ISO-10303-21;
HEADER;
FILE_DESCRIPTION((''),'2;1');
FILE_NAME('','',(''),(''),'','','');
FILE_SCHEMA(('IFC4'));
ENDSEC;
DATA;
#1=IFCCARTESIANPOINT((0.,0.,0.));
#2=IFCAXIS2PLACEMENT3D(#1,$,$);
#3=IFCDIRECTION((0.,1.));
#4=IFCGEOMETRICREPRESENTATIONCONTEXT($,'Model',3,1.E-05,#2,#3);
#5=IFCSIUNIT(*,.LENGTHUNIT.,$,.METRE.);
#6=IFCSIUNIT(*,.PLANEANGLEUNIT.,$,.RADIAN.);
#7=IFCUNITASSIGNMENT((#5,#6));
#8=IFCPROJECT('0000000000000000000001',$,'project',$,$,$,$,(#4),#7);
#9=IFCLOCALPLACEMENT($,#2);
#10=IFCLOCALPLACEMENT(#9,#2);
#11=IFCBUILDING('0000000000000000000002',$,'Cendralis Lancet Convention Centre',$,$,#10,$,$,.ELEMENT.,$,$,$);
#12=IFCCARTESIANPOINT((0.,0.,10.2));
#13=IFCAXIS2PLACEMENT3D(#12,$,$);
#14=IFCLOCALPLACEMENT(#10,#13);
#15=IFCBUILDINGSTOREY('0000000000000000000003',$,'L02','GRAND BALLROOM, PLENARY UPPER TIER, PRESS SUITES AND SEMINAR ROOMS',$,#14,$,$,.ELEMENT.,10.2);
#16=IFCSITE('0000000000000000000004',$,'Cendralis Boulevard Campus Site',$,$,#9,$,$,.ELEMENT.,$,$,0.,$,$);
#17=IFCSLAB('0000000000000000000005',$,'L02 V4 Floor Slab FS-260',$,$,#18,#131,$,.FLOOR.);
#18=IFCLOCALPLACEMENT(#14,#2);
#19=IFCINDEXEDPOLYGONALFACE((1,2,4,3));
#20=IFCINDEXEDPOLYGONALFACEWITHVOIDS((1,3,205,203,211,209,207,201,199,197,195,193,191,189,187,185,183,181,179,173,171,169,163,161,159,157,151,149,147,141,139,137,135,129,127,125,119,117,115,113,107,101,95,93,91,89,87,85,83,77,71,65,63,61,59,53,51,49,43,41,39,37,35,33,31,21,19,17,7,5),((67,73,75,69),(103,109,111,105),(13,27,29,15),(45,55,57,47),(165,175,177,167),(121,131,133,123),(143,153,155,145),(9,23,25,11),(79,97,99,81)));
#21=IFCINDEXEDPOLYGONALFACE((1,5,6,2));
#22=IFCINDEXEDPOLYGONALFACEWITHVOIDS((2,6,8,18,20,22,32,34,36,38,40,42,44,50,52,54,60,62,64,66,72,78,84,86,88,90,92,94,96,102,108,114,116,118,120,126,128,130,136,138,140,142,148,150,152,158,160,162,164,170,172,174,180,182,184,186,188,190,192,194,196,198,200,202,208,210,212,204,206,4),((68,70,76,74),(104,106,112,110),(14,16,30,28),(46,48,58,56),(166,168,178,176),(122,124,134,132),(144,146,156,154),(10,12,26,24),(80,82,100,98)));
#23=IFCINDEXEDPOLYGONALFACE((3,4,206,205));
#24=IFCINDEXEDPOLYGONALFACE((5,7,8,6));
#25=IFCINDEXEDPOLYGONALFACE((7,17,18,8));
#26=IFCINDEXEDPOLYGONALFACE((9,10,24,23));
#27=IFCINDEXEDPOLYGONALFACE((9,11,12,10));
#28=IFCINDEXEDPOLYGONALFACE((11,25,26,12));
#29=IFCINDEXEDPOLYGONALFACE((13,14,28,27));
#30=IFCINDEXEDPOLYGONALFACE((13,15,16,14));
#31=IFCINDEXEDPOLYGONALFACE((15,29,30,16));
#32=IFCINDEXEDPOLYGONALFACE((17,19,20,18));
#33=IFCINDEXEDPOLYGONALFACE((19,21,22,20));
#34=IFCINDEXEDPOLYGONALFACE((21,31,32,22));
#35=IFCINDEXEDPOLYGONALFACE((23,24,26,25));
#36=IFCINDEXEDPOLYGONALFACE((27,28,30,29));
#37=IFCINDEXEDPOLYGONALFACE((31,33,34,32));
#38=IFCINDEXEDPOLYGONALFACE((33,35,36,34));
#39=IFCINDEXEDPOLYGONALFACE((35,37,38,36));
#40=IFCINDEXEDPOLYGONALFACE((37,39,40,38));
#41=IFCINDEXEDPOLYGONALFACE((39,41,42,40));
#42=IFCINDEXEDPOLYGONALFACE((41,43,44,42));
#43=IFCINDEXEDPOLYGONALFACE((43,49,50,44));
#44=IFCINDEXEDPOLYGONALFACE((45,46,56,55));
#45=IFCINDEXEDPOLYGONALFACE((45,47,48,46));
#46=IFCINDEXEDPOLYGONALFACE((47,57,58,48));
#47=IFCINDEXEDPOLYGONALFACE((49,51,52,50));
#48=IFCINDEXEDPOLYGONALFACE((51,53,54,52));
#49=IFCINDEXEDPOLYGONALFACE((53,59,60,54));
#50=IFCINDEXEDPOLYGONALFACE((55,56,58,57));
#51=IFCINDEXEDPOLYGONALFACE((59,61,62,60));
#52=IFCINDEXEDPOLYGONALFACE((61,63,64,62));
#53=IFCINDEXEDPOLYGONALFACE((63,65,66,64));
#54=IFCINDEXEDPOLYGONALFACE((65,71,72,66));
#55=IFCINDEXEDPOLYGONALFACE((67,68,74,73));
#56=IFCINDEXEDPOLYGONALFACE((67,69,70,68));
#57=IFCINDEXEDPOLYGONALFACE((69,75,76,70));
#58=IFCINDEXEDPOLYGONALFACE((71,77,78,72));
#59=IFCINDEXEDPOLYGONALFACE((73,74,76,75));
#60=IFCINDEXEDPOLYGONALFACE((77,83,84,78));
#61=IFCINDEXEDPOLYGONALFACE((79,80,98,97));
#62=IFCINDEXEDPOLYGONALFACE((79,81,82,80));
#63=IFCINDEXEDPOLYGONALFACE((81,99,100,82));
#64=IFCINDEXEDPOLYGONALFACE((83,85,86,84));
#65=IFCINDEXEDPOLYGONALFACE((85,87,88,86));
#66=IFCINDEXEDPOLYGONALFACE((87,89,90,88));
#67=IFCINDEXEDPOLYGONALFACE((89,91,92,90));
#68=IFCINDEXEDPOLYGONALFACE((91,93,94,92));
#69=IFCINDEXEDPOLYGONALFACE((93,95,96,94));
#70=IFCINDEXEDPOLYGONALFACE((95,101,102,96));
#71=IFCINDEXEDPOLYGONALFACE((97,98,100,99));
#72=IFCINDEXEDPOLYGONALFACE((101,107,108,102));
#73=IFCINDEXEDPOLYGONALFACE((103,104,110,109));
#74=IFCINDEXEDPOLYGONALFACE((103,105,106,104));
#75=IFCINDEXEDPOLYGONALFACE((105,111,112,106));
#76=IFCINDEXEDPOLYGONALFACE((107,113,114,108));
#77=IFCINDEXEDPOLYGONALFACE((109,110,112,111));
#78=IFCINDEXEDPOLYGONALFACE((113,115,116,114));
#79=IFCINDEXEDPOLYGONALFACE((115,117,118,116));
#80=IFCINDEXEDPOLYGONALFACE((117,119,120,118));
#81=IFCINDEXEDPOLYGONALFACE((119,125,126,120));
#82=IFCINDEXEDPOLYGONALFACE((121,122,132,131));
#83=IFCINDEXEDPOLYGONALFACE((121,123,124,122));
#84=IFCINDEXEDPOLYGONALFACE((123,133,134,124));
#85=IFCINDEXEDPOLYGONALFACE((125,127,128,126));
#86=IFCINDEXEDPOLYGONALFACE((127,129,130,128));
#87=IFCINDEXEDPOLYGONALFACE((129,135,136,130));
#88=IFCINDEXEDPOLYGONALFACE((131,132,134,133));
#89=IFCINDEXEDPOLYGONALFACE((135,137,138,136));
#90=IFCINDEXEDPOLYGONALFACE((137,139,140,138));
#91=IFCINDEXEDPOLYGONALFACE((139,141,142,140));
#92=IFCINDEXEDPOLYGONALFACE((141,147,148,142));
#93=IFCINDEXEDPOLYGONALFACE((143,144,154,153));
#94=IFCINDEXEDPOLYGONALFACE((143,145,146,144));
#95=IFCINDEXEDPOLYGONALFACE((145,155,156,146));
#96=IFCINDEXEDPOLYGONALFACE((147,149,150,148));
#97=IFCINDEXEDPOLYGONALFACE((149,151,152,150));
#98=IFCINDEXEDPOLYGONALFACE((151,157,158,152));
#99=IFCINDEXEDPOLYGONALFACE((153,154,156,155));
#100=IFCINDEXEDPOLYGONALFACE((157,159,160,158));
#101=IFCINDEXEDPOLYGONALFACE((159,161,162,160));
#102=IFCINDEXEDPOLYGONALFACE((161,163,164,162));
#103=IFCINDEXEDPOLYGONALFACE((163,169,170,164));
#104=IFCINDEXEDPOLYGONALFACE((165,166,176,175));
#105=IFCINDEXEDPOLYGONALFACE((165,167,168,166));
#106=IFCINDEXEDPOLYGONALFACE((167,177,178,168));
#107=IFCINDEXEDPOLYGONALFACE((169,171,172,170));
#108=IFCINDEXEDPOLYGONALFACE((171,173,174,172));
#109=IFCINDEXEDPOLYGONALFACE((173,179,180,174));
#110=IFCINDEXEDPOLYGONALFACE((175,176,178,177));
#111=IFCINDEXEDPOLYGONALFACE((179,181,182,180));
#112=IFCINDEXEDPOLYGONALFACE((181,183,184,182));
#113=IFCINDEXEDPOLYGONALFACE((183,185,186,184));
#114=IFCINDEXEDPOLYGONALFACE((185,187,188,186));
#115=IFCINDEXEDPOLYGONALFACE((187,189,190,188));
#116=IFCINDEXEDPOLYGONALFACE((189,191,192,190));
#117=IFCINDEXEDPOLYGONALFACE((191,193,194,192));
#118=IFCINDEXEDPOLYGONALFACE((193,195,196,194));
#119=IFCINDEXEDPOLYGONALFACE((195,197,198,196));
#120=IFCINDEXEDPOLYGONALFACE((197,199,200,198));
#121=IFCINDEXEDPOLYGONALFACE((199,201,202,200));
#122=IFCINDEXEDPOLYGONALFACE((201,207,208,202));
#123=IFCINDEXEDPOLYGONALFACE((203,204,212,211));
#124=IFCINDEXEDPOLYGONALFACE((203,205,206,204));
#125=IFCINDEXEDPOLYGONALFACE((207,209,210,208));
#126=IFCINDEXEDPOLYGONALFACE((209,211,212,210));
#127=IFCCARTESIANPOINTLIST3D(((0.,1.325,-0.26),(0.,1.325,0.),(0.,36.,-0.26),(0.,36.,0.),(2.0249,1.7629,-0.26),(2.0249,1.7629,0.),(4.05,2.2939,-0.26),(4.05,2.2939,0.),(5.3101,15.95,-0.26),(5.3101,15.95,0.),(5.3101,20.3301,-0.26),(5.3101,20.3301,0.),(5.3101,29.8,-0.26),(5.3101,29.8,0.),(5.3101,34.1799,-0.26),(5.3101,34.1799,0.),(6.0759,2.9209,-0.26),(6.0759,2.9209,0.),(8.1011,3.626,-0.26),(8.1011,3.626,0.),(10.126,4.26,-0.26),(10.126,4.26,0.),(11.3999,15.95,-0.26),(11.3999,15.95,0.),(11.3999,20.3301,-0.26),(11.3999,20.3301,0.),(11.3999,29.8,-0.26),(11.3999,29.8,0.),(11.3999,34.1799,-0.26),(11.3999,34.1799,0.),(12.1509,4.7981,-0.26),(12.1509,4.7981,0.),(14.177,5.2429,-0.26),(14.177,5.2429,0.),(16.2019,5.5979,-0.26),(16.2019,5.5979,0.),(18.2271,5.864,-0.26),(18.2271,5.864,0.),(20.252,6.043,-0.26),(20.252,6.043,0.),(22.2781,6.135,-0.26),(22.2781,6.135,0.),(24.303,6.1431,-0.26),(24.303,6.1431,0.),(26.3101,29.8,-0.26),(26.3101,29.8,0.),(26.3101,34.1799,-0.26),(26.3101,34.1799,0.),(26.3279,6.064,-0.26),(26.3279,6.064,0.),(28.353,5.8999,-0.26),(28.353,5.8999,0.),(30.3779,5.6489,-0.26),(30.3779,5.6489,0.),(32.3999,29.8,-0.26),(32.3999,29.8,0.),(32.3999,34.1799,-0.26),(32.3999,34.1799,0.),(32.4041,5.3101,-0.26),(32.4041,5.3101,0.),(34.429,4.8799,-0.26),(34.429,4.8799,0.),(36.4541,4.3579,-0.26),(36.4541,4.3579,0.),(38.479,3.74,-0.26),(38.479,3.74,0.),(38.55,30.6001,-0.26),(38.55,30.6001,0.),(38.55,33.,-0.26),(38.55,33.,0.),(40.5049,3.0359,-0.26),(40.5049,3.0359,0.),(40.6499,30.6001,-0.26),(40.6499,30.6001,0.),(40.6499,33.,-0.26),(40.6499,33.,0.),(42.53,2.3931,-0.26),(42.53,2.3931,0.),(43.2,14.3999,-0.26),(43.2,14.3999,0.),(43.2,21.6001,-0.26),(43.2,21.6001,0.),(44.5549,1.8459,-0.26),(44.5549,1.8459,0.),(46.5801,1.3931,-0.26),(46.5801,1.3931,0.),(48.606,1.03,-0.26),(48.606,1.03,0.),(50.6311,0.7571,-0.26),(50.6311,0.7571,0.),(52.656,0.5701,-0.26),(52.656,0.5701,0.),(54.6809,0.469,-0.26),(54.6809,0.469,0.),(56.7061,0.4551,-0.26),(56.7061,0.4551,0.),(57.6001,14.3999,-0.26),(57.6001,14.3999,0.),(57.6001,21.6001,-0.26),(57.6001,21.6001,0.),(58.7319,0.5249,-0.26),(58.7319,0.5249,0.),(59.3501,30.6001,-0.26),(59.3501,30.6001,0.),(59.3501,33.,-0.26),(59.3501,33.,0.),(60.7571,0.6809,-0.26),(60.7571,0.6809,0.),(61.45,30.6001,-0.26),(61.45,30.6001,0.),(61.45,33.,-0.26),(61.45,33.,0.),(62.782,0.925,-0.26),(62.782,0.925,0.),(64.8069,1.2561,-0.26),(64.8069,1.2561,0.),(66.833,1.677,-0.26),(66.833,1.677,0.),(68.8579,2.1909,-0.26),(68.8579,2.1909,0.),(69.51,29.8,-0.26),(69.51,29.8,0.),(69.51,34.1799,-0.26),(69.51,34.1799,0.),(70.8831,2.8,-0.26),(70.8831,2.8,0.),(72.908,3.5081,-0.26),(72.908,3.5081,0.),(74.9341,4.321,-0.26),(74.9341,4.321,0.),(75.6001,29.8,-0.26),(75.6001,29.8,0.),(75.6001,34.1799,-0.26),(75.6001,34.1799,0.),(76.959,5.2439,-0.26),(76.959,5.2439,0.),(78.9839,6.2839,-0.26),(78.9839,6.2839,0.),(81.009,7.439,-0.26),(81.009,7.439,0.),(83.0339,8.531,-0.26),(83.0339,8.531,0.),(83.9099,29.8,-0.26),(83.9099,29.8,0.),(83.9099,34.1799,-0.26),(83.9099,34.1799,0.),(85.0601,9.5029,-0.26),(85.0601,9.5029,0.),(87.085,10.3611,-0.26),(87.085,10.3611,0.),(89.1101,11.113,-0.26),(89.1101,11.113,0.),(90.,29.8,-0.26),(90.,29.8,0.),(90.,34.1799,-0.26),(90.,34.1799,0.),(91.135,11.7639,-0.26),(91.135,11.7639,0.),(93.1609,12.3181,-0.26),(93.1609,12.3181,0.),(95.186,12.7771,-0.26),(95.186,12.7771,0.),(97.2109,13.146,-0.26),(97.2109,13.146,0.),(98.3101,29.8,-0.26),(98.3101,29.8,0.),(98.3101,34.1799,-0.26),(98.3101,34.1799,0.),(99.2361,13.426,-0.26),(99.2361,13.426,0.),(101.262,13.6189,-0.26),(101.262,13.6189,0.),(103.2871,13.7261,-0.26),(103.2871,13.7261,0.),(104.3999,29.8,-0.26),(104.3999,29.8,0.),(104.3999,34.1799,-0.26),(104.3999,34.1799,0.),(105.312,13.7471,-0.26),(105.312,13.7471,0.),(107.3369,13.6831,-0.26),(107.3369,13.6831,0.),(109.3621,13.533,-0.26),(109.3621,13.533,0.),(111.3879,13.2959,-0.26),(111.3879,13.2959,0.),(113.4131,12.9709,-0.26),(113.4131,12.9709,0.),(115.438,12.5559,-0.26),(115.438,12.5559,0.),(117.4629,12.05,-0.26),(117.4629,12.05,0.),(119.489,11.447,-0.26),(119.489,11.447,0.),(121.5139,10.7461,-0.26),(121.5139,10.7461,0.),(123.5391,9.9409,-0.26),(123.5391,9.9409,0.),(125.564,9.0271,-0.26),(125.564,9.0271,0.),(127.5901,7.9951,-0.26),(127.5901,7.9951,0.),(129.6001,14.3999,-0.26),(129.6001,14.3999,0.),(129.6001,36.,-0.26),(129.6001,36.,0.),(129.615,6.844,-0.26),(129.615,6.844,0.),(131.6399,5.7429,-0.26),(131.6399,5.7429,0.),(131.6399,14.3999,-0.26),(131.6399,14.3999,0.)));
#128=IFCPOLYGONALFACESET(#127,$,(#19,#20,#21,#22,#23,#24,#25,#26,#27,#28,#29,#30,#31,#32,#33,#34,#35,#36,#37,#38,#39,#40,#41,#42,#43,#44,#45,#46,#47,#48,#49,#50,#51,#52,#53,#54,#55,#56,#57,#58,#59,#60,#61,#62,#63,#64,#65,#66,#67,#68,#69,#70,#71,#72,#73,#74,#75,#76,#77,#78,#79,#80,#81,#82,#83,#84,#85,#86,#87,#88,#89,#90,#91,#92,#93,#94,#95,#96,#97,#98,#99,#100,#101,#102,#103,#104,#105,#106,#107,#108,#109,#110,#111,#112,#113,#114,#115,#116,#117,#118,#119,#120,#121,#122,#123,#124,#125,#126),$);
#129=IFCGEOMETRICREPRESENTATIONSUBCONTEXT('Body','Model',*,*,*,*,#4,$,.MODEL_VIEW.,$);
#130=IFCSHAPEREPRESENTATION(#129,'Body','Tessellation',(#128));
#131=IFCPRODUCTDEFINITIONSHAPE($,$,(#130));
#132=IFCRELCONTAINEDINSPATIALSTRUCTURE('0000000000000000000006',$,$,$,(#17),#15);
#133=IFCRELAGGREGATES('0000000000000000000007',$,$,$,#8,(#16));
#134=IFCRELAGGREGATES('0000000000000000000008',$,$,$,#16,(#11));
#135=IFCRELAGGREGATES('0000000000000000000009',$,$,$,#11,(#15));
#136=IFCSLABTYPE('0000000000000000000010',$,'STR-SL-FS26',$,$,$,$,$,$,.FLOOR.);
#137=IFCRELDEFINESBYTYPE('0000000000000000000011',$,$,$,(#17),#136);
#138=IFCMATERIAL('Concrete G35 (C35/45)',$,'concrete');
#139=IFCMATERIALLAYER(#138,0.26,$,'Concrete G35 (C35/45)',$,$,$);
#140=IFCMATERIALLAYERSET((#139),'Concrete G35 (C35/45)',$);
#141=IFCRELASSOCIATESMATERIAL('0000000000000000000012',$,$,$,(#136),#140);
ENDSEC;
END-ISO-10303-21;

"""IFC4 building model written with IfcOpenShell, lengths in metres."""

from ifc_helpers import new_model, si_unit, direction, frame, origin, place, context, subcontext, project, spatial, polyline, outline, extrude, material, layer, layer_set, type_object, element, save


model = new_model("IFC4")

# Units and contexts
model_context = context("Model", 3, precision=1e-05, world=origin(), true_north=direction((0.0, 1.0)))
body_context = subcontext(model_context, "Body", "Model", "MODEL_VIEW")
ifc_project = project(units=[si_unit("LENGTHUNIT", "METRE"), si_unit("PLANEANGLEUNIT", "RADIAN")], contexts=[model_context])

# Site, building, storey
site_placement = place(None, origin())
site = spatial("IfcSite", under=ifc_project, at=site_placement, Name="Cendralis Boulevard Campus Site", CompositionType="ELEMENT", RefElevation=0.0)
building_placement = place(site_placement, origin())
building = spatial("IfcBuilding", under=site, at=building_placement, Name="Cendralis Lancet Convention Centre", CompositionType="ELEMENT")
storey_placement = place(building_placement, frame((0.0, 0.0, 10.2)))
storey = spatial("IfcBuildingStorey", under=building, at=storey_placement, Name="L02", Description="GRAND BALLROOM, PLENARY UPPER TIER, PRESS SUITES AND SEMINAR ROOMS", CompositionType="ELEMENT", Elevation=10.2)

# Slab
ifc_material_1 = material(Name="Concrete G35 (C35/45)", Category="concrete")
ifc_layer_1 = layer(ifc_material_1, 0.26, Name="Concrete G35 (C35/45)")
ifc_layer_set_1 = layer_set([ifc_layer_1], Name="Concrete G35 (C35/45)")
slab_type_1 = type_object("IfcSlabType", Name="STR-SL-FS26", PredefinedType="FLOOR", material=ifc_layer_set_1)
slab_1_placement = place(storey_placement, frame((0.0, 0.0, -0.26)))
element("IfcSlab", 1, at=slab_1_placement, inside=storey, type_object=slab_type_1, Name="L02 V4 Floor Slab FS-260", PredefinedType="FLOOR", context=body_context, shape_type="SweptSolid", body=[
    extrude(outline(polyline([(0.0, 1.325), (2.0249, 1.7629), (4.05, 2.2939), (6.0759, 2.9209), (8.1011, 3.626), (10.126, 4.26), (12.1509, 4.7981), (14.177, 5.2429), (16.2019, 5.5979), (18.2271, 5.864), (20.252, 6.043), (22.2781, 6.135), (24.303, 6.1431), (26.3279, 6.064), (28.353, 5.8999), (30.3779, 5.6489), (32.4041, 5.3101), (34.429, 4.8799), (36.4541, 4.3579), (38.479, 3.74), (40.5049, 3.0359), (42.53, 2.3931), (44.5549, 1.8459), (46.5801, 1.3931), (48.606, 1.03), (50.6311, 0.7571), (52.656, 0.5701), (54.6809, 0.469), (56.7061, 0.4551), (58.7319, 0.5249), (60.7571, 0.6809), (62.782, 0.925), (64.8069, 1.2561), (66.833, 1.677), (68.8579, 2.1909), (70.8831, 2.8), (72.908, 3.5081), (74.9341, 4.321), (76.959, 5.2439), (78.9839, 6.2839), (81.009, 7.439), (83.0339, 8.531), (85.0601, 9.5029), (87.085, 10.3611), (89.1101, 11.113), (91.135, 11.7639), (93.1609, 12.3181), (95.186, 12.7771), (97.2109, 13.146), (99.2361, 13.426), (101.262, 13.6189), (103.2871, 13.7261), (105.312, 13.7471), (107.3369, 13.6831), (109.3621, 13.533), (111.3879, 13.2959), (113.4131, 12.9709), (115.438, 12.5559), (117.4629, 12.05), (119.489, 11.447), (121.5139, 10.7461), (123.5391, 9.9409), (125.564, 9.0271), (127.5901, 7.9951), (129.615, 6.844), (131.6399, 5.7429), (131.6399, 14.3999), (129.6001, 14.3999), (129.6001, 36.0), (0.0, 36.0), (0.0, 1.325)]), holes=[polyline([(43.2, 14.3999), (57.6001, 14.3999), (57.6001, 21.6001), (43.2, 21.6001), (43.2, 14.3999)]), polyline([(26.3101, 29.8), (32.3999, 29.8), (32.3999, 34.1799), (26.3101, 34.1799), (26.3101, 29.8)]), polyline([(69.51, 29.8), (75.6001, 29.8), (75.6001, 34.1799), (69.51, 34.1799), (69.51, 29.8)]), polyline([(5.3101, 15.95), (11.3999, 15.95), (11.3999, 20.3301), (5.3101, 20.3301), (5.3101, 15.95)]), polyline([(98.3101, 29.8), (104.3999, 29.8), (104.3999, 34.1799), (98.3101, 34.1799), (98.3101, 29.8)]), polyline([(5.3101, 29.8), (11.3999, 29.8), (11.3999, 34.1799), (5.3101, 34.1799), (5.3101, 29.8)]), polyline([(83.9099, 29.8), (90.0, 29.8), (90.0, 34.1799), (83.9099, 34.1799), (83.9099, 29.8)]), polyline([(38.55, 30.6001), (40.6499, 30.6001), (40.6499, 33.0), (38.55, 33.0), (38.55, 30.6001)]), polyline([(59.3501, 30.6001), (61.45, 30.6001), (61.45, 33.0), (59.3501, 33.0), (59.3501, 30.6001)])]), origin(), (0.0, 0.0, 1.0), 0.26),
])

save(model, "model.ifc")
